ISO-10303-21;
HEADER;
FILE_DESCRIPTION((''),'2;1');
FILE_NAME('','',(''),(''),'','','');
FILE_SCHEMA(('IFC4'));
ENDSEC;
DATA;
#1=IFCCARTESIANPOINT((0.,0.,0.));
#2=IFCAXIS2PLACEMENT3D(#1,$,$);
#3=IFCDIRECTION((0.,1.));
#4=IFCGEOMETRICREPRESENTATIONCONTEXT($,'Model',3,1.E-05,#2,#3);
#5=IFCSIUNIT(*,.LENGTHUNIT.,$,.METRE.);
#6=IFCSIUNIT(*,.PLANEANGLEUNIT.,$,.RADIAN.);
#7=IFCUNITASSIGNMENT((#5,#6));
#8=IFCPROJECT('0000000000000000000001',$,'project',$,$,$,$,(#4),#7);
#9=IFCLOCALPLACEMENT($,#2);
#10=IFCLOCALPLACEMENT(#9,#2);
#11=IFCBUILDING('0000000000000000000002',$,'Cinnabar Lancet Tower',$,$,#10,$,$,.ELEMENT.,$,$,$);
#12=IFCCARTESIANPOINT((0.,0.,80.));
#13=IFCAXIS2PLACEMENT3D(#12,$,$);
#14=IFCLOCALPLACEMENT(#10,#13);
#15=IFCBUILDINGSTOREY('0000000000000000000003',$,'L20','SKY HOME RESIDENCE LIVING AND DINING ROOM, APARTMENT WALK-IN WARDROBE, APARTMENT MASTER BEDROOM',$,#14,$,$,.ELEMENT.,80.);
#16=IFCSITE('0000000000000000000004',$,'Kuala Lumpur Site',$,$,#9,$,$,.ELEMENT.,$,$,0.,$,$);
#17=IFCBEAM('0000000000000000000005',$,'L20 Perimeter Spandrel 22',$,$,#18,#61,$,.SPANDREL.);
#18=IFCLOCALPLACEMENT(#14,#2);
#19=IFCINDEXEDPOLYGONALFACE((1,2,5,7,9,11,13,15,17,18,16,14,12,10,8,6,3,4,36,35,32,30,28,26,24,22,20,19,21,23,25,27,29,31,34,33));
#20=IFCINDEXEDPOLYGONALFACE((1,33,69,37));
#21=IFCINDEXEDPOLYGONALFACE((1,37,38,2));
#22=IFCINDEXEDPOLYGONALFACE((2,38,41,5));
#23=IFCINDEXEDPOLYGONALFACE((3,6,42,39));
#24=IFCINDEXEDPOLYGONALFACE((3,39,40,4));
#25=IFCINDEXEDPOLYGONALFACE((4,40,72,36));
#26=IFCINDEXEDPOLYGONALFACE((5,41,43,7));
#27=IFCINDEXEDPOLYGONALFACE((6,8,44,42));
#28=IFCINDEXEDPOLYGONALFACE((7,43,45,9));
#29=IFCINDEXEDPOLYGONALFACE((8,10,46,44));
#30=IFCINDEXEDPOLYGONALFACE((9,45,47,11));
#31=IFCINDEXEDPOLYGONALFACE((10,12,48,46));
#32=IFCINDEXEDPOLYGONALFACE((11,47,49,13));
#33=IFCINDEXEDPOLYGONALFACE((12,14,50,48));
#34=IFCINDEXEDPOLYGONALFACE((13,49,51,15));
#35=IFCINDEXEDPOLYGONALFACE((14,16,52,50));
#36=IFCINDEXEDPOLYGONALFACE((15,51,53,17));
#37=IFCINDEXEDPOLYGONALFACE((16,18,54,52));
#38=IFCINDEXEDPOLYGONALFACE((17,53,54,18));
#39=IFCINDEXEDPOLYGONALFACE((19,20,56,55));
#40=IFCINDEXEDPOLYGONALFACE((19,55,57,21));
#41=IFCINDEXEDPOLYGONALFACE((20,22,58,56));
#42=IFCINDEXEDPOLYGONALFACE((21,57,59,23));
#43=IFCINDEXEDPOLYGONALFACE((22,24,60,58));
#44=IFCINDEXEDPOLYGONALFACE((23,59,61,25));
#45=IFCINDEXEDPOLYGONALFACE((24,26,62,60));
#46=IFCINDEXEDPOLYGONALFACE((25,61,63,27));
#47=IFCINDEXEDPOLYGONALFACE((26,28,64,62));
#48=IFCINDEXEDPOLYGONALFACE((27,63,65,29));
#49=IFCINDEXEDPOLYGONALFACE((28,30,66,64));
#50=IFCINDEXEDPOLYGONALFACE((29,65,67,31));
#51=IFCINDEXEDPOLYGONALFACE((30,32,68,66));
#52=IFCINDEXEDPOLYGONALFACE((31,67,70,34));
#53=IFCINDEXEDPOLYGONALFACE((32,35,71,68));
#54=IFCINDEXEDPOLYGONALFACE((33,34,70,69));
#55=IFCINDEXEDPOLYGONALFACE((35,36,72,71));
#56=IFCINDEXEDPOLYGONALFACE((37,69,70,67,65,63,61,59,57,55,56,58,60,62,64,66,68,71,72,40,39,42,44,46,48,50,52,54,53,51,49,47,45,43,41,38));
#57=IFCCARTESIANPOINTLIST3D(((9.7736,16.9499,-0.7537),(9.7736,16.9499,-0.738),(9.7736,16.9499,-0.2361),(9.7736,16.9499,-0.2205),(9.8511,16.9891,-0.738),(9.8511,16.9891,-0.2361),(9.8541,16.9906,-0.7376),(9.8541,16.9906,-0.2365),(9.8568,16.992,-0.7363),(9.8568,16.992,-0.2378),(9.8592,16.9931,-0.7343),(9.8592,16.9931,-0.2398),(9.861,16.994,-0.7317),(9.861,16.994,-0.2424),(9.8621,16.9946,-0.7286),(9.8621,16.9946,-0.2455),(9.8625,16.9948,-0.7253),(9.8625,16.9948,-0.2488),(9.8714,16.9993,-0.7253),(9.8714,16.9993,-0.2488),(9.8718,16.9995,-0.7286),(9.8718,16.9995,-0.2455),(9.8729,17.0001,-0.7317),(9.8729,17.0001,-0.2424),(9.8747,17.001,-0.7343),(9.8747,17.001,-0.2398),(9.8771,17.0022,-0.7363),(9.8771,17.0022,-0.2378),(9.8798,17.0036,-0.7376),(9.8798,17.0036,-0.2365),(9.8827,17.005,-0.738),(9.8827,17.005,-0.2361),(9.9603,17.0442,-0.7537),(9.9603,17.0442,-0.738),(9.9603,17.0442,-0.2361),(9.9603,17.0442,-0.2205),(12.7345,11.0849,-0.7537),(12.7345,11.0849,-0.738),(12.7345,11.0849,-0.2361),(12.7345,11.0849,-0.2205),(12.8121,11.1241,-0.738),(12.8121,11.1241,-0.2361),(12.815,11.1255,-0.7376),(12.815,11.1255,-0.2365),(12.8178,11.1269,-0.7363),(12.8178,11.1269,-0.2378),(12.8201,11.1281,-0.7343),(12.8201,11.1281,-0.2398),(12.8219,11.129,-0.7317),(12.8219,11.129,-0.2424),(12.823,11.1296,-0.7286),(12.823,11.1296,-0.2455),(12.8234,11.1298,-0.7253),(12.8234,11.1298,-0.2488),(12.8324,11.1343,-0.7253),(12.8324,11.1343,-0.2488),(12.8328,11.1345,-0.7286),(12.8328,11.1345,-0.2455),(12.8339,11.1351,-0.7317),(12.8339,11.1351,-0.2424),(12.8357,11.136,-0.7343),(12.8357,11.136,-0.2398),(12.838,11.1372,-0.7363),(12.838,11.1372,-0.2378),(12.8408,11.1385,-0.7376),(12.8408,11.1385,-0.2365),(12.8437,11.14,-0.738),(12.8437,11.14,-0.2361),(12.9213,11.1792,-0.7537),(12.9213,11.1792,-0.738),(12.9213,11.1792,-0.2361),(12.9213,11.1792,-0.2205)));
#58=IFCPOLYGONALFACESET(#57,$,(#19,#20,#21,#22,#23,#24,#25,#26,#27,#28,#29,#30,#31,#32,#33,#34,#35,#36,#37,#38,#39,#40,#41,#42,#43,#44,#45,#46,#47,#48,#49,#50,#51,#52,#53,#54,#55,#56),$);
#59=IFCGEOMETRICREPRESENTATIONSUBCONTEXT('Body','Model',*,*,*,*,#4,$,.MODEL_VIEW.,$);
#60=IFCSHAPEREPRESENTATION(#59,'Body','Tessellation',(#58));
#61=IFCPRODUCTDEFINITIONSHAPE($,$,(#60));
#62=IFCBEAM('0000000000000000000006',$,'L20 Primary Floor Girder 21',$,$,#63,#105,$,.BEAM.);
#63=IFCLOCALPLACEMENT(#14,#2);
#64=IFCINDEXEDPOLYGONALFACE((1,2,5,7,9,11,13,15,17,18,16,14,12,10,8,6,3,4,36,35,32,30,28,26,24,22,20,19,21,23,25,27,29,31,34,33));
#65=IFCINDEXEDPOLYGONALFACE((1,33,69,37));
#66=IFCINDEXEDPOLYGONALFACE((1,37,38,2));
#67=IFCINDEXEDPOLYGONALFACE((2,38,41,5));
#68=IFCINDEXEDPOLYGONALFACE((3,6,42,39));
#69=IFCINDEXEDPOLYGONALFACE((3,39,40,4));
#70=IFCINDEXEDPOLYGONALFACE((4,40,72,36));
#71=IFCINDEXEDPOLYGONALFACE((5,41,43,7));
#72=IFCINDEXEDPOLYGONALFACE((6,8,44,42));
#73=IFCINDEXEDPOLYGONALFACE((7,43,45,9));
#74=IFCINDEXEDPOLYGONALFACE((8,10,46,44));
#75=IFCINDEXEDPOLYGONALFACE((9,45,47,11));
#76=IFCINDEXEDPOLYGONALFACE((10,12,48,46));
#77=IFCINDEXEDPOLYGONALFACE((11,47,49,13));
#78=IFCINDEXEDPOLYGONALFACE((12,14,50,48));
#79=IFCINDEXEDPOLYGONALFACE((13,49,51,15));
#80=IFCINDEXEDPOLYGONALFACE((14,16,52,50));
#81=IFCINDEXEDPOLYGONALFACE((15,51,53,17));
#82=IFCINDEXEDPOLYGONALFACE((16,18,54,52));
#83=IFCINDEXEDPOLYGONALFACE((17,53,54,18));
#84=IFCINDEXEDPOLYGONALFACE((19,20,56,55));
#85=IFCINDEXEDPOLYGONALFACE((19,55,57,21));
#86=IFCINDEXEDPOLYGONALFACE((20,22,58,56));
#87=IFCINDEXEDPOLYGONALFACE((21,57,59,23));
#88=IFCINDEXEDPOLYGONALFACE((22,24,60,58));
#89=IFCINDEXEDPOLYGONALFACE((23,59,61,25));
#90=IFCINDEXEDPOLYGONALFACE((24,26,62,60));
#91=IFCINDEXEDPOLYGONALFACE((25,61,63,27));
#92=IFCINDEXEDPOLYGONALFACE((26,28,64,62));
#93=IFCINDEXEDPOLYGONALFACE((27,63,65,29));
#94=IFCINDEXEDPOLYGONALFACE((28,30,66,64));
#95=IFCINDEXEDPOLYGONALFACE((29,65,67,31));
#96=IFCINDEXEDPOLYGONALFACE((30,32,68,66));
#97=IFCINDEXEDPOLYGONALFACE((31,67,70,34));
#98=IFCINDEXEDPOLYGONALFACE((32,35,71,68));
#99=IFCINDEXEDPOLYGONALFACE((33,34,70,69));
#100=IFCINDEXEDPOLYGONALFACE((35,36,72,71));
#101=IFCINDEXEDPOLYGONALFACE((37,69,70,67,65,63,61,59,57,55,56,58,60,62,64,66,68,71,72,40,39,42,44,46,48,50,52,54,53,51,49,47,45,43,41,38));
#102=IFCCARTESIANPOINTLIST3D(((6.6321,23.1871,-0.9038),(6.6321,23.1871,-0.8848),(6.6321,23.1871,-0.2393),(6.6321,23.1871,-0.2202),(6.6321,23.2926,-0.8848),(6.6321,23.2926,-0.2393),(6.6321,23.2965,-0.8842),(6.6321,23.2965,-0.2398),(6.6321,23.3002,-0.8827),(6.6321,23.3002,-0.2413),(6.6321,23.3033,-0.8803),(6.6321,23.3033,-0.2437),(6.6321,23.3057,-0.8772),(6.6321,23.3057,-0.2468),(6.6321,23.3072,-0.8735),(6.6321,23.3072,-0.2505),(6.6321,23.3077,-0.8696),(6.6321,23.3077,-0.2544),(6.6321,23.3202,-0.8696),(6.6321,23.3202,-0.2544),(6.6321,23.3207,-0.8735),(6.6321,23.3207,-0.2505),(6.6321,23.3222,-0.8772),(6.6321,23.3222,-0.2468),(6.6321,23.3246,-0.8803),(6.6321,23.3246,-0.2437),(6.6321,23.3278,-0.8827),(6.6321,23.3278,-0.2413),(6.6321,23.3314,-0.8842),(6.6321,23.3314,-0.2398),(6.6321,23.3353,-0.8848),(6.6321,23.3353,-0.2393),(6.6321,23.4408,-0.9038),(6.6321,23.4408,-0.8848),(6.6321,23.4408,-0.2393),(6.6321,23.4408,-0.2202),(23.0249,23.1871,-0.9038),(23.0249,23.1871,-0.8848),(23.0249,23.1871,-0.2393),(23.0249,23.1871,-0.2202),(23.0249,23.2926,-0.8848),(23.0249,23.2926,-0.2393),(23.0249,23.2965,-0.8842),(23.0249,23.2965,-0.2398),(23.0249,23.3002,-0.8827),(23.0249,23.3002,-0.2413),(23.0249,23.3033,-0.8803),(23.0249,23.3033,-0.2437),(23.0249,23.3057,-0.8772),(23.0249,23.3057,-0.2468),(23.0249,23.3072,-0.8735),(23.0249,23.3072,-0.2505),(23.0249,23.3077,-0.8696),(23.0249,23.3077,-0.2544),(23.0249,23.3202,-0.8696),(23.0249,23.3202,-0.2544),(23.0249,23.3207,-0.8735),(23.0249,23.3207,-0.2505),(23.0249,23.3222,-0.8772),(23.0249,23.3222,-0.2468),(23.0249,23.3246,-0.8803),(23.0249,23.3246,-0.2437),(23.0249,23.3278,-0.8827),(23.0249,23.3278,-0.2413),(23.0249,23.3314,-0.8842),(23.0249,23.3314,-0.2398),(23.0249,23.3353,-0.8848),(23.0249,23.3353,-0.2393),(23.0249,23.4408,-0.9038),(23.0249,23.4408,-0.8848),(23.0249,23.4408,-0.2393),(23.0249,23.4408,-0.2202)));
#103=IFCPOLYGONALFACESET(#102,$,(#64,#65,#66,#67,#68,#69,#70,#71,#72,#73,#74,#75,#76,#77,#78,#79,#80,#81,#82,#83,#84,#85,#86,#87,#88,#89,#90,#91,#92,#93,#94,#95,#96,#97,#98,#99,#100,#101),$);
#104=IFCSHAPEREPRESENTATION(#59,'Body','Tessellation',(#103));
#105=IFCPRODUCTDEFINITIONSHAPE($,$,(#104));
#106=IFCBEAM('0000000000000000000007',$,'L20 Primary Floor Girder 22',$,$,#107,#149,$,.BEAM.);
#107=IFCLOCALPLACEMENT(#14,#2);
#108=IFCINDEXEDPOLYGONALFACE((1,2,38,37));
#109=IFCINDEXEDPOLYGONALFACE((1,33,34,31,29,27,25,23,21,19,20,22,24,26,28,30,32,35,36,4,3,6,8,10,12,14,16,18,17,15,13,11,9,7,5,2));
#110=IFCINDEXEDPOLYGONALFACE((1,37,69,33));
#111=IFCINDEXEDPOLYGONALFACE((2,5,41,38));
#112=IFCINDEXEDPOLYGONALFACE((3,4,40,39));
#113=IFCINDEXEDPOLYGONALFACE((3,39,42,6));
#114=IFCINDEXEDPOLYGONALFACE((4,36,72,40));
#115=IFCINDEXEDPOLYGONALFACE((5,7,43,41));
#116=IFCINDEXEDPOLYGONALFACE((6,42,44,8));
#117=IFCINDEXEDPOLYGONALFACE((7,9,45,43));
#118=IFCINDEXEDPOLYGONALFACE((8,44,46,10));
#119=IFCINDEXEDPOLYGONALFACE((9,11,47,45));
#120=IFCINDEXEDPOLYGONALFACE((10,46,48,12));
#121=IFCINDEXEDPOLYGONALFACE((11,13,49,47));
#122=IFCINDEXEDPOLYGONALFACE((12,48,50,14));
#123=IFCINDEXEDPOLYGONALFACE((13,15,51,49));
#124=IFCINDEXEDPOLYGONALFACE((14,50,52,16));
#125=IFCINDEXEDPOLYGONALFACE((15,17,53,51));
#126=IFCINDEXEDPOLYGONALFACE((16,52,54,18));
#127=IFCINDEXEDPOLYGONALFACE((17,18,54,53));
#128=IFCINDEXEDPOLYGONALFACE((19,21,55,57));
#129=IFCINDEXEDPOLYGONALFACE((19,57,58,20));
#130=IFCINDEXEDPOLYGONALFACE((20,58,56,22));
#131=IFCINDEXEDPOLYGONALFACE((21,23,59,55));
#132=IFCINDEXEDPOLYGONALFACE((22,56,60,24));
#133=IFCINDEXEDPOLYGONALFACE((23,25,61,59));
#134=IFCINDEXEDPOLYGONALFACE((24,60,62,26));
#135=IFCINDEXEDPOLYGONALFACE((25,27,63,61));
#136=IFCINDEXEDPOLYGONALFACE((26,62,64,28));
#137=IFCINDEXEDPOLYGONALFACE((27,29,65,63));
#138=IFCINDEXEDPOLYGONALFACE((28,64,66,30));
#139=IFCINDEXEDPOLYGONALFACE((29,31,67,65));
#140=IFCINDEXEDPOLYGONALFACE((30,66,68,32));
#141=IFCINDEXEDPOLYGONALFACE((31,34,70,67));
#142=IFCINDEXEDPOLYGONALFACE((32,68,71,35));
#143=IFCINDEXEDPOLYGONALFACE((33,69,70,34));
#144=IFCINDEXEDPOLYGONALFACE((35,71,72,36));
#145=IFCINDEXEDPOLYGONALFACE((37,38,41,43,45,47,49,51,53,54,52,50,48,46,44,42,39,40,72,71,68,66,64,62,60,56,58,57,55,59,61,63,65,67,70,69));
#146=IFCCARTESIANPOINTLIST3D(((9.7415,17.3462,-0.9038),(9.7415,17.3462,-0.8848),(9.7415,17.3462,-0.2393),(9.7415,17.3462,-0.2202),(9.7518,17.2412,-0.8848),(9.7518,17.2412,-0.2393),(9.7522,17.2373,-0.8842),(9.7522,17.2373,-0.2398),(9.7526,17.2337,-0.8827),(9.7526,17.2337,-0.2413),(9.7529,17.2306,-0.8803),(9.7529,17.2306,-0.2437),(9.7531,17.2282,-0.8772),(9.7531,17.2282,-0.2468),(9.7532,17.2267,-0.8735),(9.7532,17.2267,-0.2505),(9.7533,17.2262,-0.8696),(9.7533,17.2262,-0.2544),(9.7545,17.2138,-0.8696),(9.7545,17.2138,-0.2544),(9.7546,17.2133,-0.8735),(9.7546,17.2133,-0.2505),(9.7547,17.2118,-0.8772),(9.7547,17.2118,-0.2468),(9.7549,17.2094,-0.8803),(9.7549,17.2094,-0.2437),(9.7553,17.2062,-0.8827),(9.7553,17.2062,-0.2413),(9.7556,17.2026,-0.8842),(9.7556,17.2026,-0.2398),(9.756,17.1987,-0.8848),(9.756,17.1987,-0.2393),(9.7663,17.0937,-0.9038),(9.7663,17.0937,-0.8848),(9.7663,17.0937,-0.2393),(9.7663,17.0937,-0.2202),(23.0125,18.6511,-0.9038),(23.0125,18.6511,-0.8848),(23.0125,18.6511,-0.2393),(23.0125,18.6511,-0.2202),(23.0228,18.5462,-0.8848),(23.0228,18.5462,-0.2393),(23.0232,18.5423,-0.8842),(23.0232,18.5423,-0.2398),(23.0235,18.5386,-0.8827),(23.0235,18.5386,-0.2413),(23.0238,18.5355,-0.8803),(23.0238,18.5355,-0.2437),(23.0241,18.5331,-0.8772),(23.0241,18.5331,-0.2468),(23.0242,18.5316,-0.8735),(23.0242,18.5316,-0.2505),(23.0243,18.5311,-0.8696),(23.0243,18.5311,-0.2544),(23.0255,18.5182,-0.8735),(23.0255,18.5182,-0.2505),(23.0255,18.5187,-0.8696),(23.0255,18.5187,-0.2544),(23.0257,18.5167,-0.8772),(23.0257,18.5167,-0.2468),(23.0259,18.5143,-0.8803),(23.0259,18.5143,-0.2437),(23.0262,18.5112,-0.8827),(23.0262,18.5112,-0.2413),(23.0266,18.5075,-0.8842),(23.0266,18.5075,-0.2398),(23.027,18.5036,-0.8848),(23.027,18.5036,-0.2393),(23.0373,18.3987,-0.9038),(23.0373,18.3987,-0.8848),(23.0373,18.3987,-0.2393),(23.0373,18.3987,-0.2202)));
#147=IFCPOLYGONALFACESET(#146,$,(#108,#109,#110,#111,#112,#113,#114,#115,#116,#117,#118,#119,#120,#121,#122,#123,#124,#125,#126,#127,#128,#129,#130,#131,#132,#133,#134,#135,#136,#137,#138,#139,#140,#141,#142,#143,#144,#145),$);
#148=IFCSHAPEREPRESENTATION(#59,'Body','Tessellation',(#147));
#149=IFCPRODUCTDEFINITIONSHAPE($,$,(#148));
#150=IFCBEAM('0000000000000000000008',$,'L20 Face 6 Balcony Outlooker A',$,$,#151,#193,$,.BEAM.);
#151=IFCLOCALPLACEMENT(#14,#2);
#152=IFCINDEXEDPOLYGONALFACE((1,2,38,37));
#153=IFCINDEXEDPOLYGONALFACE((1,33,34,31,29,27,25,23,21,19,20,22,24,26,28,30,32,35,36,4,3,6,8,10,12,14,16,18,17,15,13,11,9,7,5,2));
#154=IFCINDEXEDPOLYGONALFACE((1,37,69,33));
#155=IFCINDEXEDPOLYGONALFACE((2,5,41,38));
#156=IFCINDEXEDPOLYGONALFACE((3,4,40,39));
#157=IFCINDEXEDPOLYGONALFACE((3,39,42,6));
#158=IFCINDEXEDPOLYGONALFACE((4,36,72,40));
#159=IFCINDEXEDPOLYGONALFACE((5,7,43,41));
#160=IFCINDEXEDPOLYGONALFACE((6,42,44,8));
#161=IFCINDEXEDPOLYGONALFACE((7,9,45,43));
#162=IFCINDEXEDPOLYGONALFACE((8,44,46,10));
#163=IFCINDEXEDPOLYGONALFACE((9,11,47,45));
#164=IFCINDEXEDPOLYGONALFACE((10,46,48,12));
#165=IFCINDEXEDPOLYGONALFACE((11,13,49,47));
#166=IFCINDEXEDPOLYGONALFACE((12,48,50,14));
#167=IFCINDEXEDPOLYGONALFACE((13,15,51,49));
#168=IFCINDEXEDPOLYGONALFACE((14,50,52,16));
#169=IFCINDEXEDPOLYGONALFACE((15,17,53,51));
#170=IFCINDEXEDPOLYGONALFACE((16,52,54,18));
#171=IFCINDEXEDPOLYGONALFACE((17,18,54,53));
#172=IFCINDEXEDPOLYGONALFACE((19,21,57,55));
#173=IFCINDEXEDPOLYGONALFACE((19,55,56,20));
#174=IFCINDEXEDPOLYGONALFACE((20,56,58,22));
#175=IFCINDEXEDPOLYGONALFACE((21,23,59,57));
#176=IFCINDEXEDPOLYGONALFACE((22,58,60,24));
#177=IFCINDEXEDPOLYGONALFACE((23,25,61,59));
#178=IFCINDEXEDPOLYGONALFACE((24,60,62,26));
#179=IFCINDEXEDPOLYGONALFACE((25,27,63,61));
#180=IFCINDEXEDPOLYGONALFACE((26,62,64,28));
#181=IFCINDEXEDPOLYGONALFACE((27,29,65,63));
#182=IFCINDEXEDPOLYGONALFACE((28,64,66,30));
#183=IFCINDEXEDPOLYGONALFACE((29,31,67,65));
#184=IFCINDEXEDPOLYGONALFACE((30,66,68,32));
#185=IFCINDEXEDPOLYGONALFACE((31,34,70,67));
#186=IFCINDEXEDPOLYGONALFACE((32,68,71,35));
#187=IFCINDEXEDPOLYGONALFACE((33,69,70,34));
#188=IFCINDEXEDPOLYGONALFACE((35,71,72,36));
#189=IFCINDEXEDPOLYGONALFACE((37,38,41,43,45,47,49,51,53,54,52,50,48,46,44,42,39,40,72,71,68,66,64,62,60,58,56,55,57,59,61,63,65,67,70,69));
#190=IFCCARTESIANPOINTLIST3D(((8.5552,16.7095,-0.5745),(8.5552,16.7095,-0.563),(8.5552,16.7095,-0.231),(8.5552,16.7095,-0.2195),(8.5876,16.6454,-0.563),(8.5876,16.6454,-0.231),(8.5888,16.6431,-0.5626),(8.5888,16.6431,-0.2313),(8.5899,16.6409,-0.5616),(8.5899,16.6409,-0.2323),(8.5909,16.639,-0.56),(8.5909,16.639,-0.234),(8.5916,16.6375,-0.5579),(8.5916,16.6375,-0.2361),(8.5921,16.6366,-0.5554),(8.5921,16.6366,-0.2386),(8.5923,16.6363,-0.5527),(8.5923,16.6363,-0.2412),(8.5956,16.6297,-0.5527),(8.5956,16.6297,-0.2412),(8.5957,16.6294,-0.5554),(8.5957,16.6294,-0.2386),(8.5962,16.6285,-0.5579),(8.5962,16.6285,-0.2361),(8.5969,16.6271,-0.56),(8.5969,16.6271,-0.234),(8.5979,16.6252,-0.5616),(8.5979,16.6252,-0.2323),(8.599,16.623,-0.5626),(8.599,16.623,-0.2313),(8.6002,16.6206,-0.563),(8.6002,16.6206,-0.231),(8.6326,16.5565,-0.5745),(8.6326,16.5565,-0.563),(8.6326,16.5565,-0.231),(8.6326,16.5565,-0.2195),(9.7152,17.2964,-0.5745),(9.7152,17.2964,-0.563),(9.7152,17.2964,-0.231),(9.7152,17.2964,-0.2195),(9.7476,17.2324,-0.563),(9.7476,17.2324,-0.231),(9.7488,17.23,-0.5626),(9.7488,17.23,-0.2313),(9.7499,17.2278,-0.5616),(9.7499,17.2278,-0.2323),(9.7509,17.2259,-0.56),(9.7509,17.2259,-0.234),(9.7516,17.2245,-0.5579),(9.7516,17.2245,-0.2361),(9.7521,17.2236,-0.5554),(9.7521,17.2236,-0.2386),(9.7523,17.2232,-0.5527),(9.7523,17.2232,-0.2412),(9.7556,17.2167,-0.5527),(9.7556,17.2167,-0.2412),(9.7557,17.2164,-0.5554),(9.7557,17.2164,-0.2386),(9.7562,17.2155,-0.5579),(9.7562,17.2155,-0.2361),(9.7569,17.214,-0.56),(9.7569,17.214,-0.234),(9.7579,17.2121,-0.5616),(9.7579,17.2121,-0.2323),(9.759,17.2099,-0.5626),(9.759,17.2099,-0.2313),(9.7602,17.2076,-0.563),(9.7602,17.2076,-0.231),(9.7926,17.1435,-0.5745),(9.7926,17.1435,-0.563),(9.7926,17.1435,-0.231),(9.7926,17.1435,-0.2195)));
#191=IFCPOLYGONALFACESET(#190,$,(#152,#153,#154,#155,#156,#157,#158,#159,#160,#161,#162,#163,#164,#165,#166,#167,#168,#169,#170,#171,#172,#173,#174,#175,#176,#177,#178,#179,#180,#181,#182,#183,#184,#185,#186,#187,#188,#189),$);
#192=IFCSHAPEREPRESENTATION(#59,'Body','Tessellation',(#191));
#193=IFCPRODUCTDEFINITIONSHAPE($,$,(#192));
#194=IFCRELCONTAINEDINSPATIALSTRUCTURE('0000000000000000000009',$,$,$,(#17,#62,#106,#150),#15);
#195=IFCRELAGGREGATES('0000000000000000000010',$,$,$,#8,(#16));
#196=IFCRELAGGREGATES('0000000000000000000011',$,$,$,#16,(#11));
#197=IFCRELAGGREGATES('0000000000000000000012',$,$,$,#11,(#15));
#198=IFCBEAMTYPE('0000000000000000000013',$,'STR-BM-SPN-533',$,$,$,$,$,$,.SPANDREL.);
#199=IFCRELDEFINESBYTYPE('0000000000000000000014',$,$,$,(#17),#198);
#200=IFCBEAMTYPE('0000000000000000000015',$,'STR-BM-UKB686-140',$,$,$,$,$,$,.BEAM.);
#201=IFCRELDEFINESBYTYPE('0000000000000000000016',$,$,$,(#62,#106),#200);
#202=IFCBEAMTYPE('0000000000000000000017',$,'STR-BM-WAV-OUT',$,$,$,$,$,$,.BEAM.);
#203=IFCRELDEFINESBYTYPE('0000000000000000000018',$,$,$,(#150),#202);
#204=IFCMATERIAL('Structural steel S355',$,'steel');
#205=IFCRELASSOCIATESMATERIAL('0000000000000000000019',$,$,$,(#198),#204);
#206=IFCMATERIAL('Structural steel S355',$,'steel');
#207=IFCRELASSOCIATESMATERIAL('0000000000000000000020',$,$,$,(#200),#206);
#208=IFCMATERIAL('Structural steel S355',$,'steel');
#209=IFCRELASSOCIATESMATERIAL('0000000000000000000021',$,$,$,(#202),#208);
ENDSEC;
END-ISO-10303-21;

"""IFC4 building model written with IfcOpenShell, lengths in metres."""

from ifc_helpers import new_model, si_unit, direction, frame, origin, origin_2d, place, context, subcontext, project, spatial, i_section, extrude, material, material_profile, profile_set, type_object, element, save


model = new_model("IFC4")

# Units and contexts
model_context = context("Model", 3, precision=1e-05, world=origin(), true_north=direction((0.0, 1.0)))
body_context = subcontext(model_context, "Body", "Model", "MODEL_VIEW")
ifc_project = project(units=[si_unit("LENGTHUNIT", "METRE"), si_unit("PLANEANGLEUNIT", "RADIAN")], contexts=[model_context])

# Site, building, storey
site_placement = place(None, origin())
site = spatial("IfcSite", under=ifc_project, at=site_placement, Name="Kuala Lumpur Site", CompositionType="ELEMENT", RefElevation=0.0)
building_placement = place(site_placement, origin())
building = spatial("IfcBuilding", under=site, at=building_placement, Name="Cinnabar Lancet Tower", CompositionType="ELEMENT")
storey_placement = place(building_placement, frame((0.0, 0.0, 80.0)))
storey = spatial("IfcBuildingStorey", under=building, at=storey_placement, Name="L20", Description="SKY HOME RESIDENCE LIVING AND DINING ROOM, APARTMENT WALK-IN WARDROBE, APARTMENT MASTER BEDROOM", CompositionType="ELEMENT", Elevation=80.0)

# Beams
ifc_material_1 = material(Name="Structural steel S355", Category="steel")
ifc_material_profile_1 = material_profile(ifc_material_1, i_section(OverallWidth=0.2092, OverallDepth=0.5332, WebThickness=0.01, FlangeThickness=0.0156, FilletRadius=0.0127, at=origin_2d()), Name="UKB 533x210x92")
ifc_profile_set_1 = profile_set([ifc_material_profile_1], Name="Structural steel S355")
beam_type_1 = type_object("IfcBeamType", Name="STR-BM-SPN-533", PredefinedType="SPANDREL", material=ifc_profile_set_1)
beam_1_placement = place(storey_placement, frame((9.8669, 16.9971, -0.4871), z_axis=(0.450674, -0.892689, 0.0), x_axis=(0.892689, 0.450674, 0.0)))
element("IfcBeam", 1, at=beam_1_placement, inside=storey, type_object=beam_type_1, Name="L20 Perimeter Spandrel 22", PredefinedType="SPANDREL", context=body_context, shape_type="SweptSolid", body=[
    extrude(i_section(OverallWidth=0.2092, OverallDepth=0.5332, WebThickness=0.01, FlangeThickness=0.0156, FilletRadius=0.0127, at=origin_2d()), origin(), (0.0, 0.0, 1.0), 6.5701),
])
ifc_material_2 = material(Name="Structural steel S355", Category="steel")
ifc_material_profile_2 = material_profile(ifc_material_2, i_section(OverallWidth=0.2537, OverallDepth=0.6836, WebThickness=0.0125, FlangeThickness=0.019, FilletRadius=0.0151, at=origin_2d()), Name="UKB 686x254x140")
ifc_profile_set_2 = profile_set([ifc_material_profile_2], Name="Structural steel S355")
beam_type_2 = type_object("IfcBeamType", Name="STR-BM-UKB686-140", PredefinedType="BEAM", material=ifc_profile_set_2)
beam_2_placement = place(storey_placement, frame((6.6321, 23.314, -0.562), z_axis=(1.0, 0.0, 0.0), x_axis=(0.0, 1.0, 0.0)))
element("IfcBeam", 2, at=beam_2_placement, inside=storey, type_object=beam_type_2, Name="L20 Primary Floor Girder 21", PredefinedType="BEAM", context=body_context, shape_type="SweptSolid", body=[
    extrude(i_section(OverallWidth=0.2537, OverallDepth=0.6836, WebThickness=0.0125, FlangeThickness=0.019, FilletRadius=0.0151, at=origin_2d()), origin(), (0.0, 0.0, 1.0), 16.3928),
])
beam_3_placement = place(storey_placement, frame((9.7539, 17.22, -0.562), z_axis=(0.9952, 0.097858, 0.0), x_axis=(-0.097858, 0.9952, 0.0)))
element("IfcBeam", 3, at=beam_3_placement, inside=storey, type_object=beam_type_2, Name="L20 Primary Floor Girder 22", PredefinedType="BEAM", context=body_context, shape_type="SweptSolid", body=[
    extrude(i_section(OverallWidth=0.2537, OverallDepth=0.6836, WebThickness=0.0125, FlangeThickness=0.019, FilletRadius=0.0151, at=origin_2d()), origin(), (0.0, 0.0, 1.0), 13.335),
])
ifc_material_3 = material(Name="Structural steel S355", Category="steel")
ifc_material_profile_3 = material_profile(ifc_material_3, i_section(OverallWidth=0.1714, OverallDepth=0.355, WebThickness=0.0073, FlangeThickness=0.0115, FilletRadius=0.0103, at=origin_2d()), Name="UKB 356x171x51")
ifc_profile_set_3 = profile_set([ifc_material_profile_3], Name="Structural steel S355")
beam_type_3 = type_object("IfcBeamType", Name="STR-BM-WAV-OUT", PredefinedType="BEAM", material=ifc_profile_set_3)
beam_4_placement = place(storey_placement, frame((9.7539, 17.22, -0.397), z_axis=(-0.892276, -0.45149, 0.0), x_axis=(0.45149, -0.892276, 0.0)))
element("IfcBeam", 4, at=beam_4_placement, inside=storey, type_object=beam_type_3, Name="L20 Face 6 Balcony Outlooker A", PredefinedType="BEAM", context=body_context, shape_type="SweptSolid", body=[
    extrude(i_section(OverallWidth=0.1714, OverallDepth=0.355, WebThickness=0.0073, FlangeThickness=0.0115, FilletRadius=0.0103, at=origin_2d()), origin(), (0.0, 0.0, 1.0), 1.3),
])

save(model, "model.ifc")
